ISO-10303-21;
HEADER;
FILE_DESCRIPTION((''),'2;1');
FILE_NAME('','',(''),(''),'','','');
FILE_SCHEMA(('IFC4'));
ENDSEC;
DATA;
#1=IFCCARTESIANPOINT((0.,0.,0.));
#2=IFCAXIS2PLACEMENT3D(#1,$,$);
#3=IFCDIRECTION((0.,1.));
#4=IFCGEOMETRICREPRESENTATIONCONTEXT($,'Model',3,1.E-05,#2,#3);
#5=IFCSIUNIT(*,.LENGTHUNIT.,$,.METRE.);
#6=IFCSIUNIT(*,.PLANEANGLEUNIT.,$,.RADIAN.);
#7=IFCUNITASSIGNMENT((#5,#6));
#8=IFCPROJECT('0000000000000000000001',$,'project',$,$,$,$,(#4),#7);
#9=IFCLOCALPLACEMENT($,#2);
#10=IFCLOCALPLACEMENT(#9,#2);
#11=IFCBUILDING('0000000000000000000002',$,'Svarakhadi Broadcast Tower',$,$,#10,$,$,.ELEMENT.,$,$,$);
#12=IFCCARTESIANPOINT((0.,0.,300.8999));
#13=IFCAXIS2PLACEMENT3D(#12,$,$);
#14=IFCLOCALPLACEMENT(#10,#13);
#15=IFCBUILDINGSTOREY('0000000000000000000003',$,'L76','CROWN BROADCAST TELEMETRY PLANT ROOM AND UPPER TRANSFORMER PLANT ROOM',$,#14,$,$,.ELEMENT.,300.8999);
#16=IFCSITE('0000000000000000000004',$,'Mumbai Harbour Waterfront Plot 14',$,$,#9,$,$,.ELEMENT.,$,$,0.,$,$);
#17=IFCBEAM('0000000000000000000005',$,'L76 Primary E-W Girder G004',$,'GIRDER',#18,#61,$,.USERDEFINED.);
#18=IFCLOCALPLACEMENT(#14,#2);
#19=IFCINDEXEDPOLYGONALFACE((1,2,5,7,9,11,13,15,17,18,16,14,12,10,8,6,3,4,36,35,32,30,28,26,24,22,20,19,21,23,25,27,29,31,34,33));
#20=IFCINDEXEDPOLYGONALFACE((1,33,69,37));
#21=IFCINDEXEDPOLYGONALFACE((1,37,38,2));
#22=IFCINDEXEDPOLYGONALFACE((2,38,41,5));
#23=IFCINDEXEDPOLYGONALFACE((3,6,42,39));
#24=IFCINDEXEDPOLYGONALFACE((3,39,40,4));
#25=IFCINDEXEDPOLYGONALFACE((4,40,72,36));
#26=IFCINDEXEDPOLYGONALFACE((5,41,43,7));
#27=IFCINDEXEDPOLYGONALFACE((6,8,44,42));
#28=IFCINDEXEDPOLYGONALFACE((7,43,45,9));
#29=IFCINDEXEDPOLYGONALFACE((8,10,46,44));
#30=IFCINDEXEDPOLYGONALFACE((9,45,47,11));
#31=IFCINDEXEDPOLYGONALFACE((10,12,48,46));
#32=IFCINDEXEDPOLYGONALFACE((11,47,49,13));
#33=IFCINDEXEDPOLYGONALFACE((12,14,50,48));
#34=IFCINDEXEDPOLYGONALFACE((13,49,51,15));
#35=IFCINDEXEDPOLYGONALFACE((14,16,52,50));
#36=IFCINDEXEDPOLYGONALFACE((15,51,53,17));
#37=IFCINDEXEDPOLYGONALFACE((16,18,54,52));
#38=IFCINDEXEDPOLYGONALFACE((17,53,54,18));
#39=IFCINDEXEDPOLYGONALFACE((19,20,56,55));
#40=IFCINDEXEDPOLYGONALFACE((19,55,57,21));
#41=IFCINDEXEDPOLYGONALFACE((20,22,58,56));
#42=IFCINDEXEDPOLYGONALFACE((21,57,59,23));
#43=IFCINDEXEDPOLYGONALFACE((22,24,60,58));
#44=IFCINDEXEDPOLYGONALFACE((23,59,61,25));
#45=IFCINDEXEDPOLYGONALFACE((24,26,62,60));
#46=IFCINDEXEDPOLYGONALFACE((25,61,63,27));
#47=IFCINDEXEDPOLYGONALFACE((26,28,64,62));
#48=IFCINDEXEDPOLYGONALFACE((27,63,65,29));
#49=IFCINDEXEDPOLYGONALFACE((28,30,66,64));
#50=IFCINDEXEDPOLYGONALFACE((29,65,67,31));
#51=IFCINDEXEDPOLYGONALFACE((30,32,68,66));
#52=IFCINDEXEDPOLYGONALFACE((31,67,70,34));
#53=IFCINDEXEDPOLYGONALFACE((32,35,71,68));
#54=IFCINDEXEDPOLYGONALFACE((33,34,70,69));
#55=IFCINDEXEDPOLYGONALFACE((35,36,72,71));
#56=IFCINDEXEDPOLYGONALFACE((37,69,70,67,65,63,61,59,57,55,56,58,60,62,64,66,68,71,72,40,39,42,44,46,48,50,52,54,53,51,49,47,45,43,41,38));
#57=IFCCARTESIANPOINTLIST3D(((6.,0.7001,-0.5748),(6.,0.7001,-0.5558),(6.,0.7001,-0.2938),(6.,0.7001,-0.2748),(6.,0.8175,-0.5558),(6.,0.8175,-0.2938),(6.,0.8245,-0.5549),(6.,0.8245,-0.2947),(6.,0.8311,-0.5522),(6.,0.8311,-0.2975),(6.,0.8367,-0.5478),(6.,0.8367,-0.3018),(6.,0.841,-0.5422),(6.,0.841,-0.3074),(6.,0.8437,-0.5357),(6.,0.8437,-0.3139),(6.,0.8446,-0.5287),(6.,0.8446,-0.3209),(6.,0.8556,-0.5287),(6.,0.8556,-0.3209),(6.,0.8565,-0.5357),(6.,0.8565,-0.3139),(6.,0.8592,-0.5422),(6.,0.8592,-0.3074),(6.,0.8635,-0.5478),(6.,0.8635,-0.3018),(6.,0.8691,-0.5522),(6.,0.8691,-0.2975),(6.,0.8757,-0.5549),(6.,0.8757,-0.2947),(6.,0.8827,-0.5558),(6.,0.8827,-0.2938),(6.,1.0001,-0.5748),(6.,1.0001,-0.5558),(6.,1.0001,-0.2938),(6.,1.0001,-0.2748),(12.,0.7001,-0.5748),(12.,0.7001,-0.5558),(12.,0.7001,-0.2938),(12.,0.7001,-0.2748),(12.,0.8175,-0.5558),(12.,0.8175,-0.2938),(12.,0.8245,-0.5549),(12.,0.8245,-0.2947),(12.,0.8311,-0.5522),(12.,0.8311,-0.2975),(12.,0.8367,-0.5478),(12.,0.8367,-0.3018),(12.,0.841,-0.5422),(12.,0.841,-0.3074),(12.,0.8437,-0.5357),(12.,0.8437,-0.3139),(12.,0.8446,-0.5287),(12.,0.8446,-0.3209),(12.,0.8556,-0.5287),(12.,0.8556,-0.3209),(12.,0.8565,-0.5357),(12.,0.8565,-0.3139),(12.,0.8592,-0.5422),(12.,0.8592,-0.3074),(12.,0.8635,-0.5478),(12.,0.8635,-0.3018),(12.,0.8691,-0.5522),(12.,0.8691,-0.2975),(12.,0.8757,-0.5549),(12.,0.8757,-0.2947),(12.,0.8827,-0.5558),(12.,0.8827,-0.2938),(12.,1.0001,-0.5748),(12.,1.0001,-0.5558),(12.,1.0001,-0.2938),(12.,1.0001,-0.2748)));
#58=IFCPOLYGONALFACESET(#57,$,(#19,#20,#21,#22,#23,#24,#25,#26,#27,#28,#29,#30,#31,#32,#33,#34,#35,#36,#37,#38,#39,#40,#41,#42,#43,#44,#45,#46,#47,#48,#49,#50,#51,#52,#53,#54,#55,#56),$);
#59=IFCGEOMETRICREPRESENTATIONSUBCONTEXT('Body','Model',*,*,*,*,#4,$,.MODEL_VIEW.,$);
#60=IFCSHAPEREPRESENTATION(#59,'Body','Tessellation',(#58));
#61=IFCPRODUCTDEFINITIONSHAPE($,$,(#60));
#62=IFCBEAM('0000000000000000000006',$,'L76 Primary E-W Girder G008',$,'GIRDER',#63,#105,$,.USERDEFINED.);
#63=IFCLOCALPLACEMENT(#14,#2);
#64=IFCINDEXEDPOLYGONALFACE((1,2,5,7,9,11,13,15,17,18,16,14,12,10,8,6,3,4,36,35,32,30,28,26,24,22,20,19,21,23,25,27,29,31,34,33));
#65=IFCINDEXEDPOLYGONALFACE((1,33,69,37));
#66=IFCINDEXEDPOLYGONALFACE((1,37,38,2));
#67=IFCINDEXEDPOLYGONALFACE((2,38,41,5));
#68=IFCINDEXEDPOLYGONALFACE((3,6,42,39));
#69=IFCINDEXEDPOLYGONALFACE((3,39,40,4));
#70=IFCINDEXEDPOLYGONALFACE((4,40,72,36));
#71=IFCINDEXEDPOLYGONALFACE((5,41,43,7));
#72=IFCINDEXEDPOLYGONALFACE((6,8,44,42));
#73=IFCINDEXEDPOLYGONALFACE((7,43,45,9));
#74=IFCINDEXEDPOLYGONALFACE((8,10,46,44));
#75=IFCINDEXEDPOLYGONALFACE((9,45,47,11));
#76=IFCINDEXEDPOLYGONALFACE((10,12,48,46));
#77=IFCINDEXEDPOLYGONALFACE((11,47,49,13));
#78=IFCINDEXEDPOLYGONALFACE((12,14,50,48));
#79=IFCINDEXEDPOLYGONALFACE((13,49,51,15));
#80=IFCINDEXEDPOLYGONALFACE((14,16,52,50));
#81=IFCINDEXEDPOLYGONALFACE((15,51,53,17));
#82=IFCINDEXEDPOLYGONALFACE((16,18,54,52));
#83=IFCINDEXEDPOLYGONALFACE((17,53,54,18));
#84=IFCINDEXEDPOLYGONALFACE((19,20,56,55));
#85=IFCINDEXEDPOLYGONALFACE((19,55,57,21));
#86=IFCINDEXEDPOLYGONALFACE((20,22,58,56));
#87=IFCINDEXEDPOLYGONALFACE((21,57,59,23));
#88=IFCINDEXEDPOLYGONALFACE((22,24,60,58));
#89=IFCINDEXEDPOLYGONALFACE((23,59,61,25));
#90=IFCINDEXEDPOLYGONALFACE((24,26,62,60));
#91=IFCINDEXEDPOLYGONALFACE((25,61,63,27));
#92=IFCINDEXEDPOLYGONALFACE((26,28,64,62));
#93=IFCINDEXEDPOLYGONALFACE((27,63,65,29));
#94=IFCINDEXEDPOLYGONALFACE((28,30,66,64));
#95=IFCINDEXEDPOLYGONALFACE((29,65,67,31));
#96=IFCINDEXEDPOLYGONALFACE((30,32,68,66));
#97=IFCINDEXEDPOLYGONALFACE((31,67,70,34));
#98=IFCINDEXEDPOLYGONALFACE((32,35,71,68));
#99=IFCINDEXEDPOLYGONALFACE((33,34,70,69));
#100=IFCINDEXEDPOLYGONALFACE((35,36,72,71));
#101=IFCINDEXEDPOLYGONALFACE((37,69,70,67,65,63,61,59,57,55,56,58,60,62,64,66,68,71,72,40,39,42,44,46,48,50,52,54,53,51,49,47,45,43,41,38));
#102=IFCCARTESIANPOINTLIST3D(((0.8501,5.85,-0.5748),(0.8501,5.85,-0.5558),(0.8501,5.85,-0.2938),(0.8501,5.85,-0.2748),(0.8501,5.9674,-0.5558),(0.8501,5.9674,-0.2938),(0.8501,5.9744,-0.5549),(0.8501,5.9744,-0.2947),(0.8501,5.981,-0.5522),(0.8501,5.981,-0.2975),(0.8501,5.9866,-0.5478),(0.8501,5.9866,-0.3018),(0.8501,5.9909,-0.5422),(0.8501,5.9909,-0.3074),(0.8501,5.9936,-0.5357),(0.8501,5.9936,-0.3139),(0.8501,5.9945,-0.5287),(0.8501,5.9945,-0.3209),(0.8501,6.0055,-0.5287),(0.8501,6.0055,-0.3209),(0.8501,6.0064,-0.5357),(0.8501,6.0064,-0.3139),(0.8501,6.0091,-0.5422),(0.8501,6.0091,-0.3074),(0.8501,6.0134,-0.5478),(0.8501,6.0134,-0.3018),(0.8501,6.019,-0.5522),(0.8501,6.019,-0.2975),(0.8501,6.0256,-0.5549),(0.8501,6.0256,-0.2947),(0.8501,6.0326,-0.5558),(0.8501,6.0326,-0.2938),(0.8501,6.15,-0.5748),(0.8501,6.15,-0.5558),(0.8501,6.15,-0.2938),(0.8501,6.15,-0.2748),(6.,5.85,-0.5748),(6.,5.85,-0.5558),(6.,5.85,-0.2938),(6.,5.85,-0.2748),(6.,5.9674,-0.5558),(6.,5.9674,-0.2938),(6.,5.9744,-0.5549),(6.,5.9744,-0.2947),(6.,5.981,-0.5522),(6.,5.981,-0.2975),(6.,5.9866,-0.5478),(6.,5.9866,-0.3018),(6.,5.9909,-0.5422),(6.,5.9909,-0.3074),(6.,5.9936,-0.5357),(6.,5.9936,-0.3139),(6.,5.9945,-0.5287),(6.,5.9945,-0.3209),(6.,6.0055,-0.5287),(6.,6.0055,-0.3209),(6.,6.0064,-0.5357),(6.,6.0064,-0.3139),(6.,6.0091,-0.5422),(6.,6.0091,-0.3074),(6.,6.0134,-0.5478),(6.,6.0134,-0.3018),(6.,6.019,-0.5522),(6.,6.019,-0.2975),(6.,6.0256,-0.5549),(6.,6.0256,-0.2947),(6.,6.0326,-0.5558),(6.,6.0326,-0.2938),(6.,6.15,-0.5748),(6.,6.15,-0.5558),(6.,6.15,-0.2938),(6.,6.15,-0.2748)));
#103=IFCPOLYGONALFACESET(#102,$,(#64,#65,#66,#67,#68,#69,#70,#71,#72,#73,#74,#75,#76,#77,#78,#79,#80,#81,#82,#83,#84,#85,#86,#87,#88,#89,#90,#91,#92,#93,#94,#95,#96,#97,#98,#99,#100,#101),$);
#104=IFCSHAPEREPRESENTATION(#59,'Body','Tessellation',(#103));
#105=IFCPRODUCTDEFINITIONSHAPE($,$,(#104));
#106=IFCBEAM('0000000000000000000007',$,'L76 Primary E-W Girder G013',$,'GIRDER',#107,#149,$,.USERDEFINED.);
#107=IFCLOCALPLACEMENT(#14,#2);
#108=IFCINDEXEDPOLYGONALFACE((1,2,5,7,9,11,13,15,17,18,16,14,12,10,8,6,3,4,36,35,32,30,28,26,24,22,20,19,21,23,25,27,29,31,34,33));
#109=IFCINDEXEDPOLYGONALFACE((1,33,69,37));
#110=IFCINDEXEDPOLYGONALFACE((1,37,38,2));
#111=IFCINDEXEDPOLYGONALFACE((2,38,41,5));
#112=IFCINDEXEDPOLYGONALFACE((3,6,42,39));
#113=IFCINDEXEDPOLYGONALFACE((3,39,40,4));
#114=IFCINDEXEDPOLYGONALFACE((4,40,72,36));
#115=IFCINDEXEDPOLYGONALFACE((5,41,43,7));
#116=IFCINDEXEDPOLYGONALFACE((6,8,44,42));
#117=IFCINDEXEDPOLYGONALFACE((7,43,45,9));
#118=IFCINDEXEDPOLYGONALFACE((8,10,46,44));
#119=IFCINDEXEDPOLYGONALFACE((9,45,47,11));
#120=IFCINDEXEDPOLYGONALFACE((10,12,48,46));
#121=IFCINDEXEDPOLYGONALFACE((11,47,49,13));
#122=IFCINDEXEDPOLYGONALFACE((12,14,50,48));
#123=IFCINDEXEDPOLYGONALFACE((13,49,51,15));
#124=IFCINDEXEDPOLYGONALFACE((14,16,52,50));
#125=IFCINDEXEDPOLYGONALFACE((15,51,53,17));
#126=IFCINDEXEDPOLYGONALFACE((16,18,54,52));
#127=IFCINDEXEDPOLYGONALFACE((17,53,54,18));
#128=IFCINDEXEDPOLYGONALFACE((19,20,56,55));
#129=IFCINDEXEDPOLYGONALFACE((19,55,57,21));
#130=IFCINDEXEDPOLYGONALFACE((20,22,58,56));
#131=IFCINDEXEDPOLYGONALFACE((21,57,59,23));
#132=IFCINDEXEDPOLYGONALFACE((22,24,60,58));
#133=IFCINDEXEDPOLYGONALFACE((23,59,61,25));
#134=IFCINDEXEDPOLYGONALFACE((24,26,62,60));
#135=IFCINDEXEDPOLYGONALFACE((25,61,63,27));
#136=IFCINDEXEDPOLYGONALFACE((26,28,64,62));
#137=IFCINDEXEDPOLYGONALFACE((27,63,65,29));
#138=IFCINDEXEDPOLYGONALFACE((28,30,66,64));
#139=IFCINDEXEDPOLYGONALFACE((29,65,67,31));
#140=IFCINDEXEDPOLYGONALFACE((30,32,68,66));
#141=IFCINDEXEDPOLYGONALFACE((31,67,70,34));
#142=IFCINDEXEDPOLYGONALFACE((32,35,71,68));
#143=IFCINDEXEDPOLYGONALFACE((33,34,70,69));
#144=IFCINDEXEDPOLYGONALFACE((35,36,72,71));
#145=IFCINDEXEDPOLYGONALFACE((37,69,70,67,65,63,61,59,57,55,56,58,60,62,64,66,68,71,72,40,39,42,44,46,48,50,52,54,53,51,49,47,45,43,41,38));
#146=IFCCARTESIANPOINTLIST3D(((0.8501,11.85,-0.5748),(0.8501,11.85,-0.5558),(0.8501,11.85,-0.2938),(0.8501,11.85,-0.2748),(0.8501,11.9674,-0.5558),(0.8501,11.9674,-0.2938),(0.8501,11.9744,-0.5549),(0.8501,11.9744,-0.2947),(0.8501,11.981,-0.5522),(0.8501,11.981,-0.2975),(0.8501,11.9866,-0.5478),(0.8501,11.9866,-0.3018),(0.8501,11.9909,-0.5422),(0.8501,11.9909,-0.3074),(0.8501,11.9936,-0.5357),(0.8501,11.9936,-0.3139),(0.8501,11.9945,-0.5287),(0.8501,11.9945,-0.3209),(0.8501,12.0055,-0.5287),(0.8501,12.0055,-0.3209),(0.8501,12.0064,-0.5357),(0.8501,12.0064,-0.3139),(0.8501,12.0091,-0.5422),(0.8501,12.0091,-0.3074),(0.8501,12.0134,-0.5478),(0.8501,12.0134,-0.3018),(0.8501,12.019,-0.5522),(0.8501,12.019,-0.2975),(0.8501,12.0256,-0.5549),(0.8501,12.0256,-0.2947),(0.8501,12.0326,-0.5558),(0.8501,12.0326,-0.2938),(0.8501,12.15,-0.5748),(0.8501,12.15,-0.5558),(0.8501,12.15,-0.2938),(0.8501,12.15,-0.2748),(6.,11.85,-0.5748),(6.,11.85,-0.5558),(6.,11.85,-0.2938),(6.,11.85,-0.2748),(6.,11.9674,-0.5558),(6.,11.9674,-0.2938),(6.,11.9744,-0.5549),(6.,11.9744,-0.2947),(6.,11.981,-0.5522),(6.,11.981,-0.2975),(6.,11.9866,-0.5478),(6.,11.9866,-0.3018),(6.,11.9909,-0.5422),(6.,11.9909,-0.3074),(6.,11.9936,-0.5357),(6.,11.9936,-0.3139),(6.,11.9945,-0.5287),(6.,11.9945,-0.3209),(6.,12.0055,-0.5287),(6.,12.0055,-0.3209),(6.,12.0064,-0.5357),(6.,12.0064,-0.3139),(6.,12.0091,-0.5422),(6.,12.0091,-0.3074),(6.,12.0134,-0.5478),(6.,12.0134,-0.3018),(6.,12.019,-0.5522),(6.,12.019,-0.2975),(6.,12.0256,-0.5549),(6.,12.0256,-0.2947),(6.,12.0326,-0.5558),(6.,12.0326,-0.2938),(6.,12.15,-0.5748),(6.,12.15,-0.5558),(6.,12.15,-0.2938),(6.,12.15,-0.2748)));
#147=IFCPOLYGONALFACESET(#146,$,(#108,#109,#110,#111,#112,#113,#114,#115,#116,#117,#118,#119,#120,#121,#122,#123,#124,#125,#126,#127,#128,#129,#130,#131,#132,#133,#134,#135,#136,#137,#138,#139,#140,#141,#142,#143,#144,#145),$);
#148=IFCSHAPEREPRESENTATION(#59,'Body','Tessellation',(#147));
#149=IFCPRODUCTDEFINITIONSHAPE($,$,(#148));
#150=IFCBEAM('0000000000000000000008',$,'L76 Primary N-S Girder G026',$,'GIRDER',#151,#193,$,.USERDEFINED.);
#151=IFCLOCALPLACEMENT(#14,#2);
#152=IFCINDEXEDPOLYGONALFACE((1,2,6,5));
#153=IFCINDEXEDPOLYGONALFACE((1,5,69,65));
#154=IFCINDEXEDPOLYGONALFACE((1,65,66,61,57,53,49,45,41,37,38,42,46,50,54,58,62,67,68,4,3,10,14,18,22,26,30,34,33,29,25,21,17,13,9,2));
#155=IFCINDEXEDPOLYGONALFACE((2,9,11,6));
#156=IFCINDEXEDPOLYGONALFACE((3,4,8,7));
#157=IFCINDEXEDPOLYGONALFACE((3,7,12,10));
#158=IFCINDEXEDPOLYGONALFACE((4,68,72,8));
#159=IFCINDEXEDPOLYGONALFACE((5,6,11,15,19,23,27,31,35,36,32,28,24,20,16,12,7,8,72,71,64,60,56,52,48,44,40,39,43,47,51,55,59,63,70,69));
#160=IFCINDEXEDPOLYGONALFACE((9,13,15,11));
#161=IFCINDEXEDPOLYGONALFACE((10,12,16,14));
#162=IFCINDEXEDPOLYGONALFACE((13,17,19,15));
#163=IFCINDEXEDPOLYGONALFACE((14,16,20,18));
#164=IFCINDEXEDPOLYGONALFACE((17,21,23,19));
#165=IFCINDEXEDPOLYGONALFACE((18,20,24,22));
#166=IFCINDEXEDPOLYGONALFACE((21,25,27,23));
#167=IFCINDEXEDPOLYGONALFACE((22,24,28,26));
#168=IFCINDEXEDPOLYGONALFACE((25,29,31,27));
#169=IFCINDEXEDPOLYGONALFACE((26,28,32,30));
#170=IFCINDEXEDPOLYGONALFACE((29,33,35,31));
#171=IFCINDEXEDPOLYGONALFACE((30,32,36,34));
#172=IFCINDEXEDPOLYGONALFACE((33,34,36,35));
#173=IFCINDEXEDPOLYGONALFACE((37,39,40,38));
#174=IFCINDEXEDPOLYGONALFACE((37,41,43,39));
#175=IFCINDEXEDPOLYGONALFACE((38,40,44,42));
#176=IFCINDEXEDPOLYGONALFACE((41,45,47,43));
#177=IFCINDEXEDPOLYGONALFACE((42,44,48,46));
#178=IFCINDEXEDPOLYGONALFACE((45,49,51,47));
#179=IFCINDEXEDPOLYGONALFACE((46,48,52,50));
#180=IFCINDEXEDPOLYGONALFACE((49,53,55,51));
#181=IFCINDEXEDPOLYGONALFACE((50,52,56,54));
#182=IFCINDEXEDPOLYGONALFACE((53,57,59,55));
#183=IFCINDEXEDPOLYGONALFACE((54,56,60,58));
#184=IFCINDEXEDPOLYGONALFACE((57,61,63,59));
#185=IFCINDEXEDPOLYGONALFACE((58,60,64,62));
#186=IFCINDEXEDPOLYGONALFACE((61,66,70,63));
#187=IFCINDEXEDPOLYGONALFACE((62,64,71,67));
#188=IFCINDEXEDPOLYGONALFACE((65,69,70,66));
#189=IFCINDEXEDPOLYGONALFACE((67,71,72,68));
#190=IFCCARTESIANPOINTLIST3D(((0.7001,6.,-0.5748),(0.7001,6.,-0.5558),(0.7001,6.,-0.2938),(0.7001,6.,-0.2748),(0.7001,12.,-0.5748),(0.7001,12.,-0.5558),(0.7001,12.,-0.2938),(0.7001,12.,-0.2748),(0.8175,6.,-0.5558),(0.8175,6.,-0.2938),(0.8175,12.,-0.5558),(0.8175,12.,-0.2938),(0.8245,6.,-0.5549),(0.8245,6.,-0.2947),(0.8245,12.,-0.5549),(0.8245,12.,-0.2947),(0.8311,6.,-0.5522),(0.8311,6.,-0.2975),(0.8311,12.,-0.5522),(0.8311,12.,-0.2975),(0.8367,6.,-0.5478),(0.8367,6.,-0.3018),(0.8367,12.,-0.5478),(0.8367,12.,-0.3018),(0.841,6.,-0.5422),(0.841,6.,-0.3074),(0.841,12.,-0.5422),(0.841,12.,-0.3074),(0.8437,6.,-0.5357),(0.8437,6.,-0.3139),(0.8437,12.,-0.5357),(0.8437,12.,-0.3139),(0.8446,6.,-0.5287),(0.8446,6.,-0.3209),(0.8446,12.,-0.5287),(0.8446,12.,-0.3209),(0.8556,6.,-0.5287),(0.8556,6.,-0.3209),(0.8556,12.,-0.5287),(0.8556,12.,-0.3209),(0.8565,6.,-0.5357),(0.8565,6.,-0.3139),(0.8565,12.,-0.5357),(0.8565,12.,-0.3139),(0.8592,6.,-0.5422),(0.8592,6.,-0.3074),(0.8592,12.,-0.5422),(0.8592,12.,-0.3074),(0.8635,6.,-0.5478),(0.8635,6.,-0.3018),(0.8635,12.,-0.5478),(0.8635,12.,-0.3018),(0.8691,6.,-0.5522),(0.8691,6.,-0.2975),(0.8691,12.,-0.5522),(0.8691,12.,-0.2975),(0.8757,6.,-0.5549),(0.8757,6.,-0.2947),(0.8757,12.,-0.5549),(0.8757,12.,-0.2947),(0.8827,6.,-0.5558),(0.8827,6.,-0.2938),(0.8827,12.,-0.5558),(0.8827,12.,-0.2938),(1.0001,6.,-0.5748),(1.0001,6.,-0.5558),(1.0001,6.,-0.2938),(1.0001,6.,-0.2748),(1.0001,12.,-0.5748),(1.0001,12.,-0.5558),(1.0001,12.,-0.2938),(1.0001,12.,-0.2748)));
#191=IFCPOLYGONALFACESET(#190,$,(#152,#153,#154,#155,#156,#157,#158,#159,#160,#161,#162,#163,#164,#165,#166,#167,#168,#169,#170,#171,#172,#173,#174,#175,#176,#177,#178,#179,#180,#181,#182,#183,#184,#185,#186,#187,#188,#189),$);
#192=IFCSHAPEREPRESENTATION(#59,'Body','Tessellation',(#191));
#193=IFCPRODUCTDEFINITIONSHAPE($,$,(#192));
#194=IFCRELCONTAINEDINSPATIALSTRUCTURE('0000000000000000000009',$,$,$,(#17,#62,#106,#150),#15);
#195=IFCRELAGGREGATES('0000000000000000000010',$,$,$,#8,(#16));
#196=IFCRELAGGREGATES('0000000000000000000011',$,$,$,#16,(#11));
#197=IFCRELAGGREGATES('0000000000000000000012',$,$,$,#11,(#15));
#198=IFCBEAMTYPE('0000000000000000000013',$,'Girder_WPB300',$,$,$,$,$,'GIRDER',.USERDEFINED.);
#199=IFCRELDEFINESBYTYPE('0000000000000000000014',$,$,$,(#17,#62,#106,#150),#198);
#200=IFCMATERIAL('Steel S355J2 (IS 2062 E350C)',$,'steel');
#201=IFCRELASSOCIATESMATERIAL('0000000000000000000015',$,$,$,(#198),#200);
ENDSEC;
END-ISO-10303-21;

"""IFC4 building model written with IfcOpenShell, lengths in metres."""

from ifc_helpers import new_model, si_unit, direction, frame, origin, origin_2d, place, context, subcontext, project, spatial, i_section, extrude, material, material_profile, profile_set, type_object, element, save


model = new_model("IFC4")

# Units and contexts
model_context = context("Model", 3, precision=1e-05, world=origin(), true_north=direction((0.0, 1.0)))
body_context = subcontext(model_context, "Body", "Model", "MODEL_VIEW")
ifc_project = project(units=[si_unit("LENGTHUNIT", "METRE"), si_unit("PLANEANGLEUNIT", "RADIAN")], contexts=[model_context])

# Site, building, storey
site_placement = place(None, origin())
site = spatial("IfcSite", under=ifc_project, at=site_placement, Name="Mumbai Harbour Waterfront Plot 14", CompositionType="ELEMENT", RefElevation=0.0)
building_placement = place(site_placement, origin())
building = spatial("IfcBuilding", under=site, at=building_placement, Name="Svarakhadi Broadcast Tower", CompositionType="ELEMENT")
storey_placement = place(building_placement, frame((0.0, 0.0, 300.8999)))
storey = spatial("IfcBuildingStorey", under=building, at=storey_placement, Name="L76", Description="CROWN BROADCAST TELEMETRY PLANT ROOM AND UPPER TRANSFORMER PLANT ROOM", CompositionType="ELEMENT", Elevation=300.8999)

# Shared definitions
ifc_material_1 = material(Name="Steel S355J2 (IS 2062 E350C)", Category="steel")

# Beams
ifc_material_profile_1 = material_profile(ifc_material_1, i_section(OverallWidth=0.3, OverallDepth=0.3, WebThickness=0.011, FlangeThickness=0.019, FilletRadius=0.0271, at=origin_2d()), Name="WPB 300x300x117")
ifc_profile_set_1 = profile_set([ifc_material_profile_1], Name="Steel S355J2 (IS 2062 E350C)")
beam_type_1 = type_object("IfcBeamType", Name="Girder_WPB300", ElementType="GIRDER", PredefinedType="USERDEFINED", material=ifc_profile_set_1)
beam_1_placement = place(storey_placement, frame((6.0, 0.8501, -0.4248), z_axis=(1.0, 0.0, 0.0), x_axis=(0.0, 1.0, 0.0)))
element("IfcBeam", 1, at=beam_1_placement, inside=storey, type_object=beam_type_1, Name="L76 Primary E-W Girder G004", ObjectType="GIRDER", PredefinedType="USERDEFINED", context=body_context, shape_type="SweptSolid", body=[
    extrude(i_section(OverallWidth=0.3, OverallDepth=0.3, WebThickness=0.011, FlangeThickness=0.019, FilletRadius=0.0271, at=origin_2d()), origin(), (0.0, 0.0, 1.0), 6.0),
])
for number, where, z_axis, x_axis, name in (
    (2, (0.8501, 6.0, -0.4248), (1.0, 0.0, 0.0), (0.0, 1.0, 0.0), "L76 Primary E-W Girder G008"),
    (3, (0.8501, 12.0, -0.4248), (1.0, 0.0, 0.0), (0.0, 1.0, 0.0), "L76 Primary E-W Girder G013"),
):
    element("IfcBeam", number, at=place(storey_placement, frame(where, z_axis=z_axis, x_axis=x_axis)), inside=storey, type_object=beam_type_1, Name=name, ObjectType="GIRDER", PredefinedType="USERDEFINED", context=body_context, shape_type="SweptSolid", body=[
        extrude(i_section(OverallWidth=0.3, OverallDepth=0.3, WebThickness=0.011, FlangeThickness=0.019, FilletRadius=0.0271, at=origin_2d()), origin(), (0.0, 0.0, 1.0), 5.1499),
    ])
for number, where, z_axis, x_axis, name in (
    (4, (0.8501, 6.0, -0.4248), (0.0, 1.0, 0.0), (-1.0, 0.0, 0.0), "L76 Primary N-S Girder G026"),
):
    element("IfcBeam", number, at=place(storey_placement, frame(where, z_axis=z_axis, x_axis=x_axis)), inside=storey, type_object=beam_type_1, Name=name, ObjectType="GIRDER", PredefinedType="USERDEFINED", context=body_context, shape_type="SweptSolid", body=[
        extrude(i_section(OverallWidth=0.3, OverallDepth=0.3, WebThickness=0.011, FlangeThickness=0.019, FilletRadius=0.0271, at=origin_2d()), origin(), (0.0, 0.0, 1.0), 6.0),
    ])

save(model, "model.ifc")
